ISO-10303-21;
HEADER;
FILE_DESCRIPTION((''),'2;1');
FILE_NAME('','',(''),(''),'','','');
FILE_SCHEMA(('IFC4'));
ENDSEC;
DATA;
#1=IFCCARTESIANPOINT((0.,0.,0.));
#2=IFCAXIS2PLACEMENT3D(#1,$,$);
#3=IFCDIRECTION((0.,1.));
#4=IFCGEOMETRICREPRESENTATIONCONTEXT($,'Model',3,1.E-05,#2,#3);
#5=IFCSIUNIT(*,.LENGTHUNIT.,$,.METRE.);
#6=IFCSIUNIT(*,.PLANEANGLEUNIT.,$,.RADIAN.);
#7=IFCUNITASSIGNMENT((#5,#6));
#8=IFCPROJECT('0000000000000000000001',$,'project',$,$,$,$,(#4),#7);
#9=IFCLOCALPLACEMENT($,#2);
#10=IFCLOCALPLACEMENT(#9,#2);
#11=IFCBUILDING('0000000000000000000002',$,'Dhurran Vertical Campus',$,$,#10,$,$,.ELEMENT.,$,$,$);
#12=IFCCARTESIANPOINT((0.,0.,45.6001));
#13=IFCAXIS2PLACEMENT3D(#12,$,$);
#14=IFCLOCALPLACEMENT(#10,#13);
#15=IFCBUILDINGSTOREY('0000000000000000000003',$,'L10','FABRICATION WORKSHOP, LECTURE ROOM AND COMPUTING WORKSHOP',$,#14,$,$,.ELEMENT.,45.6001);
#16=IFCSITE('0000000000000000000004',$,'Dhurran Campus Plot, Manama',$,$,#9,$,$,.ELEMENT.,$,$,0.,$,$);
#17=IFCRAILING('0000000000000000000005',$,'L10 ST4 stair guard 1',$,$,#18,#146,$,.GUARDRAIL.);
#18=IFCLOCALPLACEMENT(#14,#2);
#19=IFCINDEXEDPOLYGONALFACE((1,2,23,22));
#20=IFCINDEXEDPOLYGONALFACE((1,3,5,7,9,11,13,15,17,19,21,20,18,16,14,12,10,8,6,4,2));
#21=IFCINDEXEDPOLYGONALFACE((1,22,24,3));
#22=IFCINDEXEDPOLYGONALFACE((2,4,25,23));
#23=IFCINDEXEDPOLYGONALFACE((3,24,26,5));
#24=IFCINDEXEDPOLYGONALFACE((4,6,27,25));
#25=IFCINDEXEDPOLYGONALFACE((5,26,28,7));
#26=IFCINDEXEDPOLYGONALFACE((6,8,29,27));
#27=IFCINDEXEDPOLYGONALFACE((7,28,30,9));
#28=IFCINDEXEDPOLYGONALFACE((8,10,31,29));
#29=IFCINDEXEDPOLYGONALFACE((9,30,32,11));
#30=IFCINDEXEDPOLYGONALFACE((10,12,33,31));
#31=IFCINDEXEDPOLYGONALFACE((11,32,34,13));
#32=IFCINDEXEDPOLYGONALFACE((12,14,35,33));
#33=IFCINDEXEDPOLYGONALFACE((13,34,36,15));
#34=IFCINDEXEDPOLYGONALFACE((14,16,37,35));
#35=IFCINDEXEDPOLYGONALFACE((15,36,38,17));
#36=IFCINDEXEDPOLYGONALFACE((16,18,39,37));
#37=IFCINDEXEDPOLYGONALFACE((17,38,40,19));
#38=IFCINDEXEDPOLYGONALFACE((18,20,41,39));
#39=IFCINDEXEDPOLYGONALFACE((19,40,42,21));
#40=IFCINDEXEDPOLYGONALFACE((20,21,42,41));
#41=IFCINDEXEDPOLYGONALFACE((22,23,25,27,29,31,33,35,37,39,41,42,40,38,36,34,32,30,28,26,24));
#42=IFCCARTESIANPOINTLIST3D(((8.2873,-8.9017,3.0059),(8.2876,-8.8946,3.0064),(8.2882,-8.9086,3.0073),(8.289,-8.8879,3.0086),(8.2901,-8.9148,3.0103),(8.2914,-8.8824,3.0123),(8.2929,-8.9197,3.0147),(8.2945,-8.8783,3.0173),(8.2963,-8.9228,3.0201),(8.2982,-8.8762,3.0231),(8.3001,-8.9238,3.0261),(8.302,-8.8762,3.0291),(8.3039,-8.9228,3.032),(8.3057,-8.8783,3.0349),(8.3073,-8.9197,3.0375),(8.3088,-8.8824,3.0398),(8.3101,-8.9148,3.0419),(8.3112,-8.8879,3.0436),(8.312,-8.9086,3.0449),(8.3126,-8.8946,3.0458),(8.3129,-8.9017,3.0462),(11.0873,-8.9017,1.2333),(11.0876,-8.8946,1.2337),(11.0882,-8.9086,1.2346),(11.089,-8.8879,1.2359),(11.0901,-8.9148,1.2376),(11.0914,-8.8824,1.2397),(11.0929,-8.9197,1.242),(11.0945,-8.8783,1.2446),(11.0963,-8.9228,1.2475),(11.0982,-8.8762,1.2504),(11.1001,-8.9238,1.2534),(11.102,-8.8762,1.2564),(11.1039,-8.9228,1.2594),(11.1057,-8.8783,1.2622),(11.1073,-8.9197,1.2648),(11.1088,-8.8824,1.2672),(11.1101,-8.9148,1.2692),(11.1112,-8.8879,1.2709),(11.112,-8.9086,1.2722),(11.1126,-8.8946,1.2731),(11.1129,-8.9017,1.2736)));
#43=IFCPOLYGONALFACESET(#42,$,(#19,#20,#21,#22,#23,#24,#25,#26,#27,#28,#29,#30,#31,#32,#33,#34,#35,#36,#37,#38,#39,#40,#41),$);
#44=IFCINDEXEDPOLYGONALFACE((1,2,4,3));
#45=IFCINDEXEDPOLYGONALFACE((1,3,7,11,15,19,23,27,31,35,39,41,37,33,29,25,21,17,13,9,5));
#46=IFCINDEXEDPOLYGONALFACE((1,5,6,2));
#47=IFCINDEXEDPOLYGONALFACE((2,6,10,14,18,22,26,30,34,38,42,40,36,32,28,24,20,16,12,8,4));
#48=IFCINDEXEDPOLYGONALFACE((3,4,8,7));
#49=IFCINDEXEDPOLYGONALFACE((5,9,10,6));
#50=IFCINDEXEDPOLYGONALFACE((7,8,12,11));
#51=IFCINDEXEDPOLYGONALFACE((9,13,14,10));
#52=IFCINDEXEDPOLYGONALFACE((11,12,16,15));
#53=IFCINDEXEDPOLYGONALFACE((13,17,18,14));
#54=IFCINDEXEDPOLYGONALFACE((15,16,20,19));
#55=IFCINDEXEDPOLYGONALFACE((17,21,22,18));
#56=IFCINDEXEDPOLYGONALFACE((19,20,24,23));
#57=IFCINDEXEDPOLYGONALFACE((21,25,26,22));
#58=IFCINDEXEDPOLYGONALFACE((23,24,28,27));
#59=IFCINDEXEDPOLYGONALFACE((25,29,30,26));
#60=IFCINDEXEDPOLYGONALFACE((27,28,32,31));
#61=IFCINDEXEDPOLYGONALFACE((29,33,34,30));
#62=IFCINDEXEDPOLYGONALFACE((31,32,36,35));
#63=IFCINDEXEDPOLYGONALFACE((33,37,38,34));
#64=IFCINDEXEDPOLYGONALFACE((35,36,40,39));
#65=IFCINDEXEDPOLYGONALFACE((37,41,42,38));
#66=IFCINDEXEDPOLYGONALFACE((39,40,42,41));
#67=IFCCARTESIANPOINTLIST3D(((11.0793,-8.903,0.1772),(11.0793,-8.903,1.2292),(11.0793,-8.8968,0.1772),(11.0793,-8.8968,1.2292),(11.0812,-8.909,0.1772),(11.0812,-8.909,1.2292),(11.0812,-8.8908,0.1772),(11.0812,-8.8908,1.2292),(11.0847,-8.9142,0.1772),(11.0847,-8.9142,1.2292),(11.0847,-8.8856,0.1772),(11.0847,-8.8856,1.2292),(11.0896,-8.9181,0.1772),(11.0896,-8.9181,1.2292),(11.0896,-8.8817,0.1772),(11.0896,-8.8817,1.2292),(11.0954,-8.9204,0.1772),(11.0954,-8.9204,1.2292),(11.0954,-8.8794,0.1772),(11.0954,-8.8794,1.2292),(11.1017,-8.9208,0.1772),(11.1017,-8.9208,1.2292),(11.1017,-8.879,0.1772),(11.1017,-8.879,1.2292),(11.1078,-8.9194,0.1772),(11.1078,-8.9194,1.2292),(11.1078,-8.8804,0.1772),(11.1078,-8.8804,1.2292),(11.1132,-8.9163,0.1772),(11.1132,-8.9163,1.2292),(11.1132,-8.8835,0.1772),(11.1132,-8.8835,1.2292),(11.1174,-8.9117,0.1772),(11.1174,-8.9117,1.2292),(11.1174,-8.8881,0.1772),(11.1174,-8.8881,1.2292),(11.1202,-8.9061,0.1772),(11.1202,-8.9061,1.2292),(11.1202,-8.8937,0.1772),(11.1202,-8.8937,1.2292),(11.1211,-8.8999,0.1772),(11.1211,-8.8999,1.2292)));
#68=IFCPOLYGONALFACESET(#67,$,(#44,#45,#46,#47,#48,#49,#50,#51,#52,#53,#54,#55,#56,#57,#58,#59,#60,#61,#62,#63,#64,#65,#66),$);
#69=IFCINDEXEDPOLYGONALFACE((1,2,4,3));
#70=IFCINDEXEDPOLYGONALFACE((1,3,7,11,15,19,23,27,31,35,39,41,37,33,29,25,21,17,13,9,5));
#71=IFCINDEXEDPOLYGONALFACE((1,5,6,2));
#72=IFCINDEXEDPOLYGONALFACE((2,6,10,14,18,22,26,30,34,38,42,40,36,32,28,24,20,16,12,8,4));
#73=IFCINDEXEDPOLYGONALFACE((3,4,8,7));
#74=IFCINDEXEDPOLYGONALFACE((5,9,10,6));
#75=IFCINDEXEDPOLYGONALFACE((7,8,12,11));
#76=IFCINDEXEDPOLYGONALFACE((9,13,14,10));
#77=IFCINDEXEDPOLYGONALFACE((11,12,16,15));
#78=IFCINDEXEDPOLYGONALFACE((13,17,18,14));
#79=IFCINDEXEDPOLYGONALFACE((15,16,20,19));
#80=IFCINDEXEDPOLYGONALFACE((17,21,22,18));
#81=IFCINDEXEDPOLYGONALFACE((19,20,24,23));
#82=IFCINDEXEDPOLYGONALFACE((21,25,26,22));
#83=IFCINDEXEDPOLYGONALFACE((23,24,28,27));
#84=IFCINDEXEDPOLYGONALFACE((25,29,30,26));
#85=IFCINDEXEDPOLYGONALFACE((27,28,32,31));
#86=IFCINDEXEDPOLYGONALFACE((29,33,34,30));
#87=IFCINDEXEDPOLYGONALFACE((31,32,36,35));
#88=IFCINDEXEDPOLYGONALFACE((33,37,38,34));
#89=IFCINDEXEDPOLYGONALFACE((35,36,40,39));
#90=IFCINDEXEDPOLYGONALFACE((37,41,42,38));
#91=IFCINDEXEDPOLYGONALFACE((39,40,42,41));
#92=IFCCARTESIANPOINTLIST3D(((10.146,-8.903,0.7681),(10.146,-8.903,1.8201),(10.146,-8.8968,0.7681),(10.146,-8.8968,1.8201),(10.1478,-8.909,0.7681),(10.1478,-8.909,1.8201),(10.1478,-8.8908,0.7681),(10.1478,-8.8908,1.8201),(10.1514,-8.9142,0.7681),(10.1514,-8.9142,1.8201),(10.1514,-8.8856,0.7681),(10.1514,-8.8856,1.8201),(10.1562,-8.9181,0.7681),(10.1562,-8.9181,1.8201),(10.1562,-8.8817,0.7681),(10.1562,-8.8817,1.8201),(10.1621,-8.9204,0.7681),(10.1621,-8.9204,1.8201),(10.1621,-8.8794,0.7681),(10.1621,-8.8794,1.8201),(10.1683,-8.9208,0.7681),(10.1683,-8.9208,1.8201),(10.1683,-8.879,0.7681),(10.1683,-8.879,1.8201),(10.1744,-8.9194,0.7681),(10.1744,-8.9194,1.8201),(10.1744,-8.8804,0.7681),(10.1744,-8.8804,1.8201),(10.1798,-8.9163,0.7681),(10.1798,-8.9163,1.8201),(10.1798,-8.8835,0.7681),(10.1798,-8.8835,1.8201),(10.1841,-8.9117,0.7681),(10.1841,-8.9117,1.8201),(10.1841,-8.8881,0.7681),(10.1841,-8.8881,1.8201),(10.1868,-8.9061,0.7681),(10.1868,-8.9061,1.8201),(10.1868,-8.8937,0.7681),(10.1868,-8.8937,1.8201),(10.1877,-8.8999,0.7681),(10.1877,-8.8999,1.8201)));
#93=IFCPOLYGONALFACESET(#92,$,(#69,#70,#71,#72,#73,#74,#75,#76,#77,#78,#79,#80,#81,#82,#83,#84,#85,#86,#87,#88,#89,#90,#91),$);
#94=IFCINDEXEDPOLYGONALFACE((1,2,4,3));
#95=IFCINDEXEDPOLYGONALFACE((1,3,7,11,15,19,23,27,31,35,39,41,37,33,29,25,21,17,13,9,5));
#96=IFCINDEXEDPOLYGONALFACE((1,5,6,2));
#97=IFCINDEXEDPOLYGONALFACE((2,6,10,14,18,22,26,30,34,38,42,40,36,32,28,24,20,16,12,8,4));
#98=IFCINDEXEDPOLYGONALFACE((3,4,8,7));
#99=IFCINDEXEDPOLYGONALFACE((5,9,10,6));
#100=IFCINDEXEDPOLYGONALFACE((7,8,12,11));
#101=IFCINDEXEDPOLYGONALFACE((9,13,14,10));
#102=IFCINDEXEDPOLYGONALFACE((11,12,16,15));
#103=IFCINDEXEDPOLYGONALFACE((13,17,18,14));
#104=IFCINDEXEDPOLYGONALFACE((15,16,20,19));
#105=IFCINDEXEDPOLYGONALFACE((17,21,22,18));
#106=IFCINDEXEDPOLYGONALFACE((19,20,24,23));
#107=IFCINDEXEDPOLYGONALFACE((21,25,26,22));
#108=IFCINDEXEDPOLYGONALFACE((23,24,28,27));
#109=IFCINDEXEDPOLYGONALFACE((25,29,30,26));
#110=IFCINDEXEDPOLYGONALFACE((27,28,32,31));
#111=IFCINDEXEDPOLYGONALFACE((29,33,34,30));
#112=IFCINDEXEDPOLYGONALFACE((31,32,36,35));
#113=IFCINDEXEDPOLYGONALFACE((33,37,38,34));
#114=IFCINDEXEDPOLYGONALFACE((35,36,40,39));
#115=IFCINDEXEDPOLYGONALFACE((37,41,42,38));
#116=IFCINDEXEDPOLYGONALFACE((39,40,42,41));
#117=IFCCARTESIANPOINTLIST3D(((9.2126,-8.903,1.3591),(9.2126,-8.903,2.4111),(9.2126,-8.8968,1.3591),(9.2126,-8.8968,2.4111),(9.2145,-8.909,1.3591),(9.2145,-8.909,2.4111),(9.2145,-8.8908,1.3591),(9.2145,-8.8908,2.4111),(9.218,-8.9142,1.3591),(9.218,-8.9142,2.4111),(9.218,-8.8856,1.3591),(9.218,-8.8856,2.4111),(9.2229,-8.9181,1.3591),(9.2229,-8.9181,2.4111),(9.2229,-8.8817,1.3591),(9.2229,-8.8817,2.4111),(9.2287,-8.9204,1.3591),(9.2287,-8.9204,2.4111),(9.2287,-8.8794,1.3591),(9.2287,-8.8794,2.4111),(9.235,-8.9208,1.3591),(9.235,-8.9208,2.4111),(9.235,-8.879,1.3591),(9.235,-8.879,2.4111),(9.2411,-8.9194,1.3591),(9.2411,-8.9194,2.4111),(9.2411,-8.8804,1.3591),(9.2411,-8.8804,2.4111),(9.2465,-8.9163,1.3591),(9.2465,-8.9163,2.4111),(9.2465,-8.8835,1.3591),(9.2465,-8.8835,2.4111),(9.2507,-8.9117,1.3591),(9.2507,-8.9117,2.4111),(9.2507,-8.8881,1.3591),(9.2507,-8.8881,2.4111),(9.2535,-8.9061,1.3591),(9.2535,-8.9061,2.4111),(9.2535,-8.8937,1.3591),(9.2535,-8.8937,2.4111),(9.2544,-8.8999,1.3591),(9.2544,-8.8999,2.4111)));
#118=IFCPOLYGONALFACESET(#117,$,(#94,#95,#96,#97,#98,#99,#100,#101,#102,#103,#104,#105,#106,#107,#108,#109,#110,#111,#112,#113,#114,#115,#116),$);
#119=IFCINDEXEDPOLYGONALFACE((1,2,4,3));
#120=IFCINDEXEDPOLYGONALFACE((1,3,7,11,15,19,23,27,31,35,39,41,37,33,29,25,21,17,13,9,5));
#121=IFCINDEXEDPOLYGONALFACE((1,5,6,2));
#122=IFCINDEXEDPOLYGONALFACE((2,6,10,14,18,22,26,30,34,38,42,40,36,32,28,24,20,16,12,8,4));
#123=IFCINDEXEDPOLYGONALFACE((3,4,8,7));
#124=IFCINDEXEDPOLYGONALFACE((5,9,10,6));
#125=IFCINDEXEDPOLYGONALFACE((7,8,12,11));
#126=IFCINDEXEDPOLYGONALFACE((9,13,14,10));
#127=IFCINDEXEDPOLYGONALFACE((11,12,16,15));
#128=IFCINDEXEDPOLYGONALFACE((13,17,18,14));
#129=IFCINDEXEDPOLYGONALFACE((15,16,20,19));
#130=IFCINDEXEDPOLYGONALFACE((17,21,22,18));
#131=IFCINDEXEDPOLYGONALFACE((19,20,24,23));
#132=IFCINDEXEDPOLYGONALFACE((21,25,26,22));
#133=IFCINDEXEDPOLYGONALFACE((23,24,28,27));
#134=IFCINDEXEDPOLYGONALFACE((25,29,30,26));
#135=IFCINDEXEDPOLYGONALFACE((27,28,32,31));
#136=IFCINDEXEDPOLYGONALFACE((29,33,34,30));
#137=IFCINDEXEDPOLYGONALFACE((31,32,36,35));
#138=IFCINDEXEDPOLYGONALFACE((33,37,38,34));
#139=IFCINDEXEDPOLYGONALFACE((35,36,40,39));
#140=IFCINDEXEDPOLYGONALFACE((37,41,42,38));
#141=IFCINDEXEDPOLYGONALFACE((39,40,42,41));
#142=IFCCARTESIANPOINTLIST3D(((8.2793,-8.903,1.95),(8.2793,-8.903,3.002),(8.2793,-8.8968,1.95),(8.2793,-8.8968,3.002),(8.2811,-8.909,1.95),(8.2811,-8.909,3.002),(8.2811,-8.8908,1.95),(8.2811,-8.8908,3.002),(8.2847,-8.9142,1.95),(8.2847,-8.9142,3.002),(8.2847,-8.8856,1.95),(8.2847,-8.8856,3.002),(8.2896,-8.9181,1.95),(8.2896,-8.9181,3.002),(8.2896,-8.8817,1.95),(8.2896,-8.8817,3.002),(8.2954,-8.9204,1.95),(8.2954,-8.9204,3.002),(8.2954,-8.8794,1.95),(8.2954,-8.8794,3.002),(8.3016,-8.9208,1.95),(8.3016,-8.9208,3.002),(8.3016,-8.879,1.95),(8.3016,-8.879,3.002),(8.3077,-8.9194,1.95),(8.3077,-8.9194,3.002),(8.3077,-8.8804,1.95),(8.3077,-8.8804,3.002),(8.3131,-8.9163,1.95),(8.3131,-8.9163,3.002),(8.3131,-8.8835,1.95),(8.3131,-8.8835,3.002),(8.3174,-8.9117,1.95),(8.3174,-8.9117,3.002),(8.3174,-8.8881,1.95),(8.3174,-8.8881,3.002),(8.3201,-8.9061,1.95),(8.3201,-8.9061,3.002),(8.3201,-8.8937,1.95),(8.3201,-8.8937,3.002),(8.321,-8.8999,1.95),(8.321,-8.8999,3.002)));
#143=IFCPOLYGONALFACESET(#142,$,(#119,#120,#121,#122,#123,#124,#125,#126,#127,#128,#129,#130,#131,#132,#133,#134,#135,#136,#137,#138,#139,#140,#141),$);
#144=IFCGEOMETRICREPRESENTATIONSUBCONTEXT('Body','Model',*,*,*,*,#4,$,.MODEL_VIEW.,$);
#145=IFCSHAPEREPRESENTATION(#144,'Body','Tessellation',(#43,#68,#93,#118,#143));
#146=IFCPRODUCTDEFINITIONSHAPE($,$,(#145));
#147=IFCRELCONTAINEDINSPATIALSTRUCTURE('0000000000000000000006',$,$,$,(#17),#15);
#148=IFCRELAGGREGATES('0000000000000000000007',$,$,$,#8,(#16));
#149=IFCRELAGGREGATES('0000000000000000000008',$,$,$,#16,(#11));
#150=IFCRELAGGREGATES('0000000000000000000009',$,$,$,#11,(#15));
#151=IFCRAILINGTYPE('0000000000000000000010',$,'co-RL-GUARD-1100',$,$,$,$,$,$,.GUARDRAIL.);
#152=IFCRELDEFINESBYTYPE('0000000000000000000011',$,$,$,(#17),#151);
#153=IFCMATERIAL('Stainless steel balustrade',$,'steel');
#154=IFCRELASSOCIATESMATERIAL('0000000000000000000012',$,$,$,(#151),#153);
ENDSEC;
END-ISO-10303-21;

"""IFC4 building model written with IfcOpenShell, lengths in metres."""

from ifc_helpers import new_model, si_unit, direction, frame, origin, origin_2d, place, context, subcontext, project, spatial, circle, extrude, material, type_object, element, save


model = new_model("IFC4")

# Units and contexts
model_context = context("Model", 3, precision=1e-05, world=origin(), true_north=direction((0.0, 1.0)))
body_context = subcontext(model_context, "Body", "Model", "MODEL_VIEW")
ifc_project = project(units=[si_unit("LENGTHUNIT", "METRE"), si_unit("PLANEANGLEUNIT", "RADIAN")], contexts=[model_context])

# Site, building, storey
site_placement = place(None, origin())
site = spatial("IfcSite", under=ifc_project, at=site_placement, Name="Dhurran Campus Plot, Manama", CompositionType="ELEMENT", RefElevation=0.0)
building_placement = place(site_placement, origin())
building = spatial("IfcBuilding", under=site, at=building_placement, Name="Dhurran Vertical Campus", CompositionType="ELEMENT")
storey_placement = place(building_placement, frame((0.0, 0.0, 45.6001)))
storey = spatial("IfcBuildingStorey", under=building, at=storey_placement, Name="L10", Description="FABRICATION WORKSHOP, LECTURE ROOM AND COMPUTING WORKSHOP", CompositionType="ELEMENT", Elevation=45.6001)

# Railing
ifc_material_1 = material(Name="Stainless steel balustrade", Category="steel")
railing_type_1 = type_object("IfcRailingType", Name="co-RL-GUARD-1100", PredefinedType="GUARDRAIL", material=ifc_material_1)
railing_1_placement = place(storey_placement, frame((11.1001, -8.8999, 0.1772)))
element("IfcRailing", 1, at=railing_1_placement, inside=storey, type_object=railing_type_1, Name="L10 ST4 stair guard 1", PredefinedType="GUARDRAIL", context=body_context, shape_type="SweptSolid", body=[
    extrude(circle(Radius=0.0239, at=origin_2d()), frame((0.0, 0.0, 1.0762), z_axis=(-0.844909, 0.0, 0.53491), x_axis=(0.0, -1.0, 0.0)), (0.0, 0.0, 1.0), 3.314),
    extrude(circle(Radius=0.021, at=origin_2d()), origin(), (0.0, 0.0, 1.0), 1.052),
    extrude(circle(Radius=0.021, at=origin_2d()), frame((-0.9333, 0.0, 0.5908)), (0.0, 0.0, 1.0), 1.052),
    extrude(circle(Radius=0.021, at=origin_2d()), frame((-1.8667, 0.0, 1.1819)), (0.0, 0.0, 1.0), 1.052),
    extrude(circle(Radius=0.021, at=origin_2d()), frame((-2.8, 0.0, 1.7727)), (0.0, 0.0, 1.0), 1.052),
])

save(model, "model.ifc")
